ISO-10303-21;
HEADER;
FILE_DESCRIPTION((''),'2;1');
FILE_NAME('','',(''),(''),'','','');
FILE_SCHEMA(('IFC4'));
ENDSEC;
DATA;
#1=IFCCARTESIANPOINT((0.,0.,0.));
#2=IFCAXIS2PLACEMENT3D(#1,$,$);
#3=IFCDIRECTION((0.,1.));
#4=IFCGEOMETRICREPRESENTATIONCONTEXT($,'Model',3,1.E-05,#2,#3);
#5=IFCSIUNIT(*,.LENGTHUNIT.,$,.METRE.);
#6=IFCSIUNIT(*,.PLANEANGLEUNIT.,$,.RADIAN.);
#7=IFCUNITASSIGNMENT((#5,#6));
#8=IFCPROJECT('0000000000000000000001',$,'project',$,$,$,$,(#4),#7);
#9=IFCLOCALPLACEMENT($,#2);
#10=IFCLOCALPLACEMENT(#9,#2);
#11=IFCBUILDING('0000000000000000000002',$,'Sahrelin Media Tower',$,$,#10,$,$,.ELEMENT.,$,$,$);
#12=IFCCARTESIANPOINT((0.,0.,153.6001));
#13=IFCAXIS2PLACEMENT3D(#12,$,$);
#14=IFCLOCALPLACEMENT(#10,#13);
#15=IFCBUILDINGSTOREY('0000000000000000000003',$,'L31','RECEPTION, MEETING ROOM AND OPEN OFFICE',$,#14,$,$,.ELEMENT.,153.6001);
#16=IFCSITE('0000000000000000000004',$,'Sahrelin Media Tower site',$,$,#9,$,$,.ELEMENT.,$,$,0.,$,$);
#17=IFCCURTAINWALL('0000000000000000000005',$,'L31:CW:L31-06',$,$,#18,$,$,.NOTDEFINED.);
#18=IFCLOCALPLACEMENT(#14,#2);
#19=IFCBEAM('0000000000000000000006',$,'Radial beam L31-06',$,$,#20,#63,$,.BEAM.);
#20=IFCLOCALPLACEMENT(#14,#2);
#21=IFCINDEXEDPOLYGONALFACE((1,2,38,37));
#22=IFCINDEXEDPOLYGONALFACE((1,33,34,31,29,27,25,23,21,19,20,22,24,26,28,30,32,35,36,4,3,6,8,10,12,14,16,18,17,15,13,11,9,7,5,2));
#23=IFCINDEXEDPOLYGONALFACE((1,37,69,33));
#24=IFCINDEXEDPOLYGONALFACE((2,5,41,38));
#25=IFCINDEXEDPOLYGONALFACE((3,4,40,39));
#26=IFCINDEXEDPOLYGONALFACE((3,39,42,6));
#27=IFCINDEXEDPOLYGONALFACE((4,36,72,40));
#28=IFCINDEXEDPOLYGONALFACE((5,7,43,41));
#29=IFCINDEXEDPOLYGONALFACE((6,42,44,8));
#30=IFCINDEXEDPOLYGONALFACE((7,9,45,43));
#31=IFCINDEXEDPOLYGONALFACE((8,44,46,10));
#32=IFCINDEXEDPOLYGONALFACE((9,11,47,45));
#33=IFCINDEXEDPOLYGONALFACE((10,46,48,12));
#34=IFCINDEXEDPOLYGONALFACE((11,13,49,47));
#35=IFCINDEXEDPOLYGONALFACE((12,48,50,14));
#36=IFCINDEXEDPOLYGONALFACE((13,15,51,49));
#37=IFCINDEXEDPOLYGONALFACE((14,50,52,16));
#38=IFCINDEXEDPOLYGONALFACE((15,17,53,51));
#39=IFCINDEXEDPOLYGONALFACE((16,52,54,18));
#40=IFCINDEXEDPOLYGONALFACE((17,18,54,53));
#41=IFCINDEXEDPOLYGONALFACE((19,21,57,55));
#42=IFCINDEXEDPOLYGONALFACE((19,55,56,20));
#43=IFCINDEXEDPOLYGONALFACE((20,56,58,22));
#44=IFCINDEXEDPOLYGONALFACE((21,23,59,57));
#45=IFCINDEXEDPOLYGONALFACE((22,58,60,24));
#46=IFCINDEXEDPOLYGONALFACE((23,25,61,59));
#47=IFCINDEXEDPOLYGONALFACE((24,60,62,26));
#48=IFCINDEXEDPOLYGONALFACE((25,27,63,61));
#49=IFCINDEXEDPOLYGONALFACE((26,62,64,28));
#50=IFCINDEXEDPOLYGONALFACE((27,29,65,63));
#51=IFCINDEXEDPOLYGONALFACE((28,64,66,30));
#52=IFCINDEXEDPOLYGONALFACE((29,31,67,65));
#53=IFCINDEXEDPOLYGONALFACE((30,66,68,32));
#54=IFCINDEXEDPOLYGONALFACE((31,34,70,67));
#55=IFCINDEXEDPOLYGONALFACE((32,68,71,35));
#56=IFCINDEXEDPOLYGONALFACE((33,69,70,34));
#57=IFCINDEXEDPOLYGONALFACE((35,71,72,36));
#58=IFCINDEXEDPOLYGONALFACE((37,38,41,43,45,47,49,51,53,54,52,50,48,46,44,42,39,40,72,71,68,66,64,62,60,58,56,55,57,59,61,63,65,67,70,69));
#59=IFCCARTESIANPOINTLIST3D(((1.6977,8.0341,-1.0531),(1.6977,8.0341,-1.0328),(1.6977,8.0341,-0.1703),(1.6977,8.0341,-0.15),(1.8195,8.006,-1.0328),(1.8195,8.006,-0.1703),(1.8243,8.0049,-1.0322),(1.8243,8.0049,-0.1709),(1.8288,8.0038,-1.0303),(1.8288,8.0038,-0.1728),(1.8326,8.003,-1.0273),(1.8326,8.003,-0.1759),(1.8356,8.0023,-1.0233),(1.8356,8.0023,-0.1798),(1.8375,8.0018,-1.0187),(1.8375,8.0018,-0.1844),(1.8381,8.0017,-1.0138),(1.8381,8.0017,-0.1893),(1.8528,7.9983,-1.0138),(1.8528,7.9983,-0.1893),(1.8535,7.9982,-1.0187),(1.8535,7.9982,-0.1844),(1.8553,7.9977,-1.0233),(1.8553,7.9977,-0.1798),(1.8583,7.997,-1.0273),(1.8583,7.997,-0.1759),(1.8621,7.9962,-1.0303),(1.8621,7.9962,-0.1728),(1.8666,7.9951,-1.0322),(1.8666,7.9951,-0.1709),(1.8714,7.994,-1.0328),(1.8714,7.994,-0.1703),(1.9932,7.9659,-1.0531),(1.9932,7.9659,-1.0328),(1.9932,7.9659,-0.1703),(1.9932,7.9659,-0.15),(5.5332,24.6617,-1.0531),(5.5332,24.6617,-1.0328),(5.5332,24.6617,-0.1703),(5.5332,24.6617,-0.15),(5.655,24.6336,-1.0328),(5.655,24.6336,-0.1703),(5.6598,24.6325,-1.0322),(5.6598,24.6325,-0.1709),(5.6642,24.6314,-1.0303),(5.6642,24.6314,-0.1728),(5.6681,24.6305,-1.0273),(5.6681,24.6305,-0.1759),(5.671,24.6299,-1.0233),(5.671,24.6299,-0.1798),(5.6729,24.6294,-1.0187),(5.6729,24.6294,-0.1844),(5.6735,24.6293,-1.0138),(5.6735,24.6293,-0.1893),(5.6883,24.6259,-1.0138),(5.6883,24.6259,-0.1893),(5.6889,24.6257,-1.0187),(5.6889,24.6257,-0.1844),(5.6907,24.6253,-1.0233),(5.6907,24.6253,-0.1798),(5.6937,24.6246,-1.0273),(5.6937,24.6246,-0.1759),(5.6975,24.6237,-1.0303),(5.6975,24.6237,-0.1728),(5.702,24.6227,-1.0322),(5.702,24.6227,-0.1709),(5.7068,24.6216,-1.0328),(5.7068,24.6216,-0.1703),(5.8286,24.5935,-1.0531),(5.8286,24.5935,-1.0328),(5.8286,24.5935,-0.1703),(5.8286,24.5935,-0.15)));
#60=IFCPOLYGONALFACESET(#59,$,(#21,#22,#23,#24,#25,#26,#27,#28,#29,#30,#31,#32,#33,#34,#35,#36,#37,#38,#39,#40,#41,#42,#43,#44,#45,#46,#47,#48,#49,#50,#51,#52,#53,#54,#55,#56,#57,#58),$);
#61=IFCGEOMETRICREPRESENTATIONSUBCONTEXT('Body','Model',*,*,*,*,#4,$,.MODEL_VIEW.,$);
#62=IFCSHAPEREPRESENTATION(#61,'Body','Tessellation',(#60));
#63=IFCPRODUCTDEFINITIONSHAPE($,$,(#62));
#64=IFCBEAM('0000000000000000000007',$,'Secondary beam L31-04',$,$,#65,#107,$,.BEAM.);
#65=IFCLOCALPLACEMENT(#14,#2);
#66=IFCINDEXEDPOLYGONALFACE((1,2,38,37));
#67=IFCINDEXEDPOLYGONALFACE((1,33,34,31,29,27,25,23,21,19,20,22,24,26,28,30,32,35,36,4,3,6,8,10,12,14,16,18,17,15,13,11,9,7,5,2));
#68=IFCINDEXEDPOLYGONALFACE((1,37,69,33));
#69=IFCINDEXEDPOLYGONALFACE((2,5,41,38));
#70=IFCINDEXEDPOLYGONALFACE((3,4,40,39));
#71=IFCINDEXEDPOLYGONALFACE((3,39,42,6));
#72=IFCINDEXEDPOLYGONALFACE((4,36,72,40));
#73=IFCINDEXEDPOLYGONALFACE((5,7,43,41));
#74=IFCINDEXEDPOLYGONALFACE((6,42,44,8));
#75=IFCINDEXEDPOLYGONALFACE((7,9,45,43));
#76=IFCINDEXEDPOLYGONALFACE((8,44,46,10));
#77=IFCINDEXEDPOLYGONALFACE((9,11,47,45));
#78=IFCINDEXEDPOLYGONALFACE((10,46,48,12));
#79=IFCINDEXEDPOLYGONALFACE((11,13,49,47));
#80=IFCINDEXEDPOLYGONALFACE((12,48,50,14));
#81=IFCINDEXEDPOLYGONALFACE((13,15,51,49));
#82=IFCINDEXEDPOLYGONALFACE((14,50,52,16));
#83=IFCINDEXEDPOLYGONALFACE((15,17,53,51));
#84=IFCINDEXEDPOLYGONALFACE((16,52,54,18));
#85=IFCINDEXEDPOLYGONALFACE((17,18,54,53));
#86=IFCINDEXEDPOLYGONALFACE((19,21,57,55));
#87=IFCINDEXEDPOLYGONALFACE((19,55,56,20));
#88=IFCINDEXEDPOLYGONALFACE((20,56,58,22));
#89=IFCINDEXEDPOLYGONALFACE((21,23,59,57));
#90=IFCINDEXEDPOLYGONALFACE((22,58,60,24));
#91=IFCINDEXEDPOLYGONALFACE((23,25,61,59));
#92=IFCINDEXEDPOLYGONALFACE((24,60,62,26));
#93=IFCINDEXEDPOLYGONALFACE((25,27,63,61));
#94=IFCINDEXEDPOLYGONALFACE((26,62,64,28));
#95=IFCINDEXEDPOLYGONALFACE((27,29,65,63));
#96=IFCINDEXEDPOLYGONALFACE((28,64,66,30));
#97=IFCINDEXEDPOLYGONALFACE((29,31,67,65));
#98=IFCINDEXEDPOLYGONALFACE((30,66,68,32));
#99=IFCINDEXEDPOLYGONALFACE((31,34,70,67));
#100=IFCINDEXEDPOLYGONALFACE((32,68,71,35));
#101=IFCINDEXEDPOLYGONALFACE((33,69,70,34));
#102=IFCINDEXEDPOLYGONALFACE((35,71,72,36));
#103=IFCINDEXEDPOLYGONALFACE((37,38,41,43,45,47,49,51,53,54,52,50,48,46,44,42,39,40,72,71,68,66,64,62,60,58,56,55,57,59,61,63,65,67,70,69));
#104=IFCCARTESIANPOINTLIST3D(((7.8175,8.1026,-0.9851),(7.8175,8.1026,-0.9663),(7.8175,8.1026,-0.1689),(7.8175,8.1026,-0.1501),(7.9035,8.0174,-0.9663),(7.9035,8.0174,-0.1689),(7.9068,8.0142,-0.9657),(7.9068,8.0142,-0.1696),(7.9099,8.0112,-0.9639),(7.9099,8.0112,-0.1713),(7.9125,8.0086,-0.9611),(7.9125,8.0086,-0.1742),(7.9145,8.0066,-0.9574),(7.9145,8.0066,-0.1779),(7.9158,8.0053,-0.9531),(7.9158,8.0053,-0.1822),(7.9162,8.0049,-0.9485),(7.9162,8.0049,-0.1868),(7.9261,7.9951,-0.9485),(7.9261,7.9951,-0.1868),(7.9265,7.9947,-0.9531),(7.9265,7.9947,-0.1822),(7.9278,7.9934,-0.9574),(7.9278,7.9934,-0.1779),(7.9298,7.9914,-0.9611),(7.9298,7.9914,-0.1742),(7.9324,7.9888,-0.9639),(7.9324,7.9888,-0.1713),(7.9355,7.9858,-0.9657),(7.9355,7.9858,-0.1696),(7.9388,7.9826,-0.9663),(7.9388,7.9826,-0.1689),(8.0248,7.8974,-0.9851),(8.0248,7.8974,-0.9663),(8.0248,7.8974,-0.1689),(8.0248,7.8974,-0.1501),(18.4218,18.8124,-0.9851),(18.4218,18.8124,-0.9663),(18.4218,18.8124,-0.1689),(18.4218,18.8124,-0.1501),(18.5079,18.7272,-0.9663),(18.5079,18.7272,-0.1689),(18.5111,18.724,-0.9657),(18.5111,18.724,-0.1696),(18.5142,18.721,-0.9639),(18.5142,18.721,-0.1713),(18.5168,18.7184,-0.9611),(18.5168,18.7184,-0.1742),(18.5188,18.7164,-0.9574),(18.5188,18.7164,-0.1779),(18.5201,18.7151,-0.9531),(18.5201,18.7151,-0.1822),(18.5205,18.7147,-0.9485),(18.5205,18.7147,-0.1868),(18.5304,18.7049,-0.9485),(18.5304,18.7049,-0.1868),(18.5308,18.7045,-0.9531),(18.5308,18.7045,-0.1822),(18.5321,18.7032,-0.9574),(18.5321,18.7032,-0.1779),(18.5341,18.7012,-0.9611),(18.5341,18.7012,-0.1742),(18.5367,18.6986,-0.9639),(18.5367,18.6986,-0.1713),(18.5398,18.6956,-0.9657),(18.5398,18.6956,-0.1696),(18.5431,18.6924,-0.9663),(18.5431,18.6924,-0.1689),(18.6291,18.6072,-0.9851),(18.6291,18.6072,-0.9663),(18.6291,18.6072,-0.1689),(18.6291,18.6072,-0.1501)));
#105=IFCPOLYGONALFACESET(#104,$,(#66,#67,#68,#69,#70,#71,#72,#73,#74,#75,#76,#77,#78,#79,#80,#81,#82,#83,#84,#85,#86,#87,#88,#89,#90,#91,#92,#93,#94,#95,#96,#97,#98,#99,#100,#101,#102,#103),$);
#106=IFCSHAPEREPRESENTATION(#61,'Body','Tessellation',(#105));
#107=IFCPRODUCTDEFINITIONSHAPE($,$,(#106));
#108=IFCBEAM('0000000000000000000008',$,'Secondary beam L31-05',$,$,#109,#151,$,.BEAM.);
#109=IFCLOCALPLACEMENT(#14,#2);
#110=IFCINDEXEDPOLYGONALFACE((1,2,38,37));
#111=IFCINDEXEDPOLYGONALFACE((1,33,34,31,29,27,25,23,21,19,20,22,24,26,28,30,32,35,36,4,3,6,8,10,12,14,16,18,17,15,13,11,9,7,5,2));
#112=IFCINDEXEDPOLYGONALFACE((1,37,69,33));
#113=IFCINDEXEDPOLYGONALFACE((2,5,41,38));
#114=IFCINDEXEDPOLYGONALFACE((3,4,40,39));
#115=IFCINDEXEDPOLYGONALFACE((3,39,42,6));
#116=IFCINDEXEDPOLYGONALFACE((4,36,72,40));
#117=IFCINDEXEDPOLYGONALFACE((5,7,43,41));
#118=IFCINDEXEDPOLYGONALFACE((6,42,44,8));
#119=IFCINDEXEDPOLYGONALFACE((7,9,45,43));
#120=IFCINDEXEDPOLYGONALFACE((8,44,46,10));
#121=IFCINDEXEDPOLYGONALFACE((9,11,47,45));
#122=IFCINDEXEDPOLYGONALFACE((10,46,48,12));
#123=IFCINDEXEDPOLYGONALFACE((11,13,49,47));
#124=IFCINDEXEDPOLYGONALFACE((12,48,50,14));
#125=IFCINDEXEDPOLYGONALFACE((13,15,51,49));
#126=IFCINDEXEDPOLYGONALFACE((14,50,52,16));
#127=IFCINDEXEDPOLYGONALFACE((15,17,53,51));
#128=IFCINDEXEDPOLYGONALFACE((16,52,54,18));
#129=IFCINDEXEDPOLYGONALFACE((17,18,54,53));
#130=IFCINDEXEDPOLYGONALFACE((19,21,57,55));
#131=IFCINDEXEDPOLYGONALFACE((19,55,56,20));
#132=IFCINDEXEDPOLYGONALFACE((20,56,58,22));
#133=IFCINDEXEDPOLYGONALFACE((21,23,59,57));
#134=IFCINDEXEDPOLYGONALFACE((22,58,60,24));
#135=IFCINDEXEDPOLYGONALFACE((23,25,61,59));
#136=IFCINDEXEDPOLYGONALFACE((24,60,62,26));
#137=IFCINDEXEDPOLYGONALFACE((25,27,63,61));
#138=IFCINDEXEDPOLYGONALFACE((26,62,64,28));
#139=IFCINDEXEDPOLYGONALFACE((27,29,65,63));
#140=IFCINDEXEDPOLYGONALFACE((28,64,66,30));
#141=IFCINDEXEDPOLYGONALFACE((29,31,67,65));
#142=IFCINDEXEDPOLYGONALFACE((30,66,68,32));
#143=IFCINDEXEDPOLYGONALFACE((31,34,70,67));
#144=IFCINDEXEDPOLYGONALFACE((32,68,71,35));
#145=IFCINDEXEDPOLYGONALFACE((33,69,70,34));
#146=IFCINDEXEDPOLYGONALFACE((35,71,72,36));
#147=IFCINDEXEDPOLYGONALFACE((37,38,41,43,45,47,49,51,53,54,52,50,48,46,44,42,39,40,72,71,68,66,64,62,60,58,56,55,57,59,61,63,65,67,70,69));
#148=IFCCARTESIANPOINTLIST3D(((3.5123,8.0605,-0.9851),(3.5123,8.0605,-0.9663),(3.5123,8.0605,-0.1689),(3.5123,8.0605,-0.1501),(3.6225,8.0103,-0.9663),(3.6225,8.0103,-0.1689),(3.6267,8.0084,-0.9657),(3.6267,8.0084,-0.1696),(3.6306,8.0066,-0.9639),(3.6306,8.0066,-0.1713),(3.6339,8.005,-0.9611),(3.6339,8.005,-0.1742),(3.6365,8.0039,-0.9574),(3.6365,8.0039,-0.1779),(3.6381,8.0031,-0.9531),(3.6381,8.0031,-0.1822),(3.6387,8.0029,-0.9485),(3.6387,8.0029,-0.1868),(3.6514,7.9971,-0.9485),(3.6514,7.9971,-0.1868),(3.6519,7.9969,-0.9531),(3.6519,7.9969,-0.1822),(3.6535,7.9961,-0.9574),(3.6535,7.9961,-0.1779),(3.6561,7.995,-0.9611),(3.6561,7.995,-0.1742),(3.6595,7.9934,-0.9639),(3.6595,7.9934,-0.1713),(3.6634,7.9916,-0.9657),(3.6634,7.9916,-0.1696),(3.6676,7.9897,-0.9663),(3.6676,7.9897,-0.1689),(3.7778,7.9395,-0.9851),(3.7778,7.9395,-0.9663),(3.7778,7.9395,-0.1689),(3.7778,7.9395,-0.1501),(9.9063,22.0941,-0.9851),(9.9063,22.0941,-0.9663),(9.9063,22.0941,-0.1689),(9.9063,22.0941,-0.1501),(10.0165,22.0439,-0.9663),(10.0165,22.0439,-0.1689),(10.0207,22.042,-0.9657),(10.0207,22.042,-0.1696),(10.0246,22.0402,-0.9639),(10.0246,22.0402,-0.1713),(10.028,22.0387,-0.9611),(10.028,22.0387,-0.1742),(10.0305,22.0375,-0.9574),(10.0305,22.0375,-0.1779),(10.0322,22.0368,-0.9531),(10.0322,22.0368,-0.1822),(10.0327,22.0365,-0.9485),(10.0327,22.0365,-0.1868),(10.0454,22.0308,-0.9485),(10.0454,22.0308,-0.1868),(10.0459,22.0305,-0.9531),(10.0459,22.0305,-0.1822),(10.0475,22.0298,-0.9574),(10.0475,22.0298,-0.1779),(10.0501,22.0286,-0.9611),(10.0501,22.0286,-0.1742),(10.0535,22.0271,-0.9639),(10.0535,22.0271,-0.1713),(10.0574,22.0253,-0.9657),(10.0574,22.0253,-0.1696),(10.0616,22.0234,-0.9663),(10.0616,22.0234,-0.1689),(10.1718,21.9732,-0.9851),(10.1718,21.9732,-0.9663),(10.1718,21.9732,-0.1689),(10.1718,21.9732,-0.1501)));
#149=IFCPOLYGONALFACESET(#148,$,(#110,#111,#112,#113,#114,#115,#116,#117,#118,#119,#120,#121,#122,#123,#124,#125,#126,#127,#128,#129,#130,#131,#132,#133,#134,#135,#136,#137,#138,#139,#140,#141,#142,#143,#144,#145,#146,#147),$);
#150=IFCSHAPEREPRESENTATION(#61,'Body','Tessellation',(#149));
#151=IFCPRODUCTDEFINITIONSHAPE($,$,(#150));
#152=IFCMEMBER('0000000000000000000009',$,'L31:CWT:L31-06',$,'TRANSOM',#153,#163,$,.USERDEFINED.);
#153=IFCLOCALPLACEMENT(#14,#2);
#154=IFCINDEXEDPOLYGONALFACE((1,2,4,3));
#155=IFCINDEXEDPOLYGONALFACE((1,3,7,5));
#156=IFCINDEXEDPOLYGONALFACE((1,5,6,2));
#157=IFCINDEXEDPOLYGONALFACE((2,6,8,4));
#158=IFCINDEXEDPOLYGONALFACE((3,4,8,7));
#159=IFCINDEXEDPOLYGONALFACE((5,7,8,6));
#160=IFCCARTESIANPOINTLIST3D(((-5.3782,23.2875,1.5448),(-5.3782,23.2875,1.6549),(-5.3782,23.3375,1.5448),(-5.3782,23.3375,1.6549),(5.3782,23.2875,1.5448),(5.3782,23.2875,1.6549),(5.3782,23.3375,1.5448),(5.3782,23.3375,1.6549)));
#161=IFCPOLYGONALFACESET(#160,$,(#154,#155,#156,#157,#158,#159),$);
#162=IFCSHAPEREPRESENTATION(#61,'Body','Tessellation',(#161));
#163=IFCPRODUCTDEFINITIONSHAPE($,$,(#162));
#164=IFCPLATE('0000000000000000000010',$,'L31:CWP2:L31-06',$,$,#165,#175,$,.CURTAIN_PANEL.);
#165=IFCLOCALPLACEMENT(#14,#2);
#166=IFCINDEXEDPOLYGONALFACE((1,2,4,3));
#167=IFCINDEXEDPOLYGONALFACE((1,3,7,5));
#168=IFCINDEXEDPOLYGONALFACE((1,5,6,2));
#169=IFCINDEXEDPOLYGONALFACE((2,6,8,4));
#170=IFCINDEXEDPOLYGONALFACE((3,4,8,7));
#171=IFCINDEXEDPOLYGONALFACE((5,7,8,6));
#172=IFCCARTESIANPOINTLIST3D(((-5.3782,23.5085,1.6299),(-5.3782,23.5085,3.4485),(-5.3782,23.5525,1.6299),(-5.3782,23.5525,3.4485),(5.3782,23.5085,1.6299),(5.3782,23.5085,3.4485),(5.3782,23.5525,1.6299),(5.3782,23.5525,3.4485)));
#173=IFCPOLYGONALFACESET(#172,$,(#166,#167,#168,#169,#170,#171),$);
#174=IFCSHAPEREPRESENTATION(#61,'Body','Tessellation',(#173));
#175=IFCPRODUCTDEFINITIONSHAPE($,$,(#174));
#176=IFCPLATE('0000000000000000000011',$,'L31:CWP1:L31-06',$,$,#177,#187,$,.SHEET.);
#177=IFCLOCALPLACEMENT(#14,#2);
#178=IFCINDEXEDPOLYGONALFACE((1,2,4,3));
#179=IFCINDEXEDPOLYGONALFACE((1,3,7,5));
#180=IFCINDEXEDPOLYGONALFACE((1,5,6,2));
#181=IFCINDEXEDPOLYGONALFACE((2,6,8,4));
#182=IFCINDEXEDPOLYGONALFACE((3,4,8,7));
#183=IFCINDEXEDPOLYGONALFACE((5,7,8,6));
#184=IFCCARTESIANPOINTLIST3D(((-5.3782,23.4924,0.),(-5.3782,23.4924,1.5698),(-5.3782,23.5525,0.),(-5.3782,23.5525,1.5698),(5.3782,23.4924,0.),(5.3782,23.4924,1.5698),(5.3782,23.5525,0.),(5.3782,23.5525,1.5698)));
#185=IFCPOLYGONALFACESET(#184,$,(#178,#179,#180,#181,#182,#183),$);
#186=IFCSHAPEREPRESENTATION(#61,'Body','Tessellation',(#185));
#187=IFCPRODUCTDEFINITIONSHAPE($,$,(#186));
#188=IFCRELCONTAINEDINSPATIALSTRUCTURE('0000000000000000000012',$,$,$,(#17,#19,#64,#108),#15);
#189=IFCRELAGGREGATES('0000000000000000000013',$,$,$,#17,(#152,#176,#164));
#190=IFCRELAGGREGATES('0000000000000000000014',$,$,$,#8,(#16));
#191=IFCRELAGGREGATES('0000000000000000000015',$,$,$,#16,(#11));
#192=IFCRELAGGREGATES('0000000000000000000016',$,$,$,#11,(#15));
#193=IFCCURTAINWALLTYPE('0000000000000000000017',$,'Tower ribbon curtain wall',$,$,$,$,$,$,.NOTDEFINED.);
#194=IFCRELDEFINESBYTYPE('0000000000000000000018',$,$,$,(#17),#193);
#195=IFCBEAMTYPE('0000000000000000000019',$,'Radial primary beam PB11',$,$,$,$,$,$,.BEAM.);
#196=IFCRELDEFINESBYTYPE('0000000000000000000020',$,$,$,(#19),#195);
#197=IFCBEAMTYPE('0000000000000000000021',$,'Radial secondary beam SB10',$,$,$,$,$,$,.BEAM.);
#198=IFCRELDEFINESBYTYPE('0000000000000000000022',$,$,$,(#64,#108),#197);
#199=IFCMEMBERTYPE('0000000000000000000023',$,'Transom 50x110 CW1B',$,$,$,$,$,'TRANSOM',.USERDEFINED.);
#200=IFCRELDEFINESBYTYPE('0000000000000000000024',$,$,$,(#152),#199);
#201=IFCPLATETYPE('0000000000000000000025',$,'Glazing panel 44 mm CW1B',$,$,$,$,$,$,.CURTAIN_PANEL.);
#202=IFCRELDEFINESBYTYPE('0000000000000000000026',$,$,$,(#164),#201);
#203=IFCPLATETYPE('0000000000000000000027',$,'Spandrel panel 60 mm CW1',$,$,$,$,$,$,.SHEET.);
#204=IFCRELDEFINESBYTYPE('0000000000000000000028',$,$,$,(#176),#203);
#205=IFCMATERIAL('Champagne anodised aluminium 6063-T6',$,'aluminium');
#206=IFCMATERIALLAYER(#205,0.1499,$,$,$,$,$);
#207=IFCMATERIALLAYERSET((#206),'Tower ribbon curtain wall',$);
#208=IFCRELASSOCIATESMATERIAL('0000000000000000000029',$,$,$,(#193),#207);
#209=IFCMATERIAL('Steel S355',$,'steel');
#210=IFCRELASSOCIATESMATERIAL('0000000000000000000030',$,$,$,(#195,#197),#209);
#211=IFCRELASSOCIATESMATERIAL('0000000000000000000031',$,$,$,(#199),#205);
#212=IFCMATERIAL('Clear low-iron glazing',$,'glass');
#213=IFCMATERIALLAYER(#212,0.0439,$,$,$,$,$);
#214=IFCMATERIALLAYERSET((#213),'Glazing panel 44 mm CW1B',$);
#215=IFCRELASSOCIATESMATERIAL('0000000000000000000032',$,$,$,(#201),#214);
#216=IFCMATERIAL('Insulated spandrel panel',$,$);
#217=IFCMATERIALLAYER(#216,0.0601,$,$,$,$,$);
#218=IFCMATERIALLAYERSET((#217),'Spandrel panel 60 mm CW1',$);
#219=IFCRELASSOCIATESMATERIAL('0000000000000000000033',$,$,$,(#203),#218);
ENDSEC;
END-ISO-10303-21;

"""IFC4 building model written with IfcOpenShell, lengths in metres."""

from ifc_helpers import new_model, si_unit, direction, frame, origin, origin_2d, place, context, subcontext, project, spatial, polyline, rectangle, i_section, outline, extrude, material, layer, layer_set, material_profile, profile_set, type_object, element, aggregate, save


model = new_model("IFC4")

# Units and contexts
model_context = context("Model", 3, precision=1e-05, world=origin(), true_north=direction((0.0, 1.0)))
body_context = subcontext(model_context, "Body", "Model", "MODEL_VIEW")
ifc_project = project(units=[si_unit("LENGTHUNIT", "METRE"), si_unit("PLANEANGLEUNIT", "RADIAN")], contexts=[model_context])

# Site, building, storey
site_placement = place(None, origin())
site = spatial("IfcSite", under=ifc_project, at=site_placement, Name="Sahrelin Media Tower site", CompositionType="ELEMENT", RefElevation=0.0)
building_placement = place(site_placement, origin())
building = spatial("IfcBuilding", under=site, at=building_placement, Name="Sahrelin Media Tower", CompositionType="ELEMENT")
storey_placement = place(building_placement, frame((0.0, 0.0, 153.6001)))
storey = spatial("IfcBuildingStorey", under=building, at=storey_placement, Name="L31", Description="RECEPTION, MEETING ROOM AND OPEN OFFICE", CompositionType="ELEMENT", Elevation=153.6001)

# Shared definitions
ifc_material_1 = material(Name="Steel S355", Category="steel")

# Curtain wall
ifc_material_2 = material(Name="Champagne anodised aluminium 6063-T6", Category="aluminium")
ifc_layer_1 = layer(ifc_material_2, 0.1499)
ifc_layer_set_1 = layer_set([ifc_layer_1], Name="Tower ribbon curtain wall")
curtain_wall_type = type_object("IfcCurtainWallType", Name="Tower ribbon curtain wall", PredefinedType="NOTDEFINED", material=ifc_layer_set_1)
placement_1 = place(storey_placement, frame((0.0, 23.5325, 0.0), z_axis=(0.0, 0.0, 1.0), x_axis=(1.0, 0.0, 0.0)))
curtain_wall_1 = element("IfcCurtainWall", 1, at=placement_1, inside=storey, type_object=curtain_wall_type, Name="L31:CW:L31-06", PredefinedType="NOTDEFINED")

# Beams
ifc_material_profile_1 = material_profile(ifc_material_1, i_section(OverallWidth=0.3032, OverallDepth=0.9031, WebThickness=0.0151, FlangeThickness=0.0203, FilletRadius=0.019, at=origin_2d()), Name="UB 914x305x201")
ifc_profile_set_1 = profile_set([ifc_material_profile_1], Name="Steel S355")
beam_type_1 = type_object("IfcBeamType", Name="Radial primary beam PB11", PredefinedType="BEAM", material=ifc_profile_set_1)
beam_1_placement = place(storey_placement, frame((1.8455, 8.0, -0.6016), z_axis=(0.224764, 0.974413, 0.0), x_axis=(-0.974413, 0.224764, 0.0)))
element("IfcBeam", 2, at=beam_1_placement, inside=storey, type_object=beam_type_1, Name="Radial beam L31-06", PredefinedType="BEAM", context=body_context, shape_type="SweptSolid", body=[
    extrude(i_section(OverallWidth=0.3032, OverallDepth=0.9031, WebThickness=0.0151, FlangeThickness=0.0203, FilletRadius=0.019, at=origin_2d()), origin(), (0.0, 0.0, 1.0), 17.0642),
])
ifc_material_profile_2 = material_profile(ifc_material_1, i_section(OverallWidth=0.2917, OverallDepth=0.835, WebThickness=0.0139, FlangeThickness=0.0188, FilletRadius=0.0178, at=origin_2d()), Name="UB 838x292x176")
ifc_profile_set_2 = profile_set([ifc_material_profile_2], Name="Steel S355")
beam_type_2 = type_object("IfcBeamType", Name="Radial secondary beam SB10", PredefinedType="BEAM", material=ifc_profile_set_2)
beam_2_placement = place(storey_placement, frame((7.9211, 8.0, -0.5676), z_axis=(0.703599, 0.710597, 0.0), x_axis=(-0.710597, 0.703599, 0.0)))
element("IfcBeam", 3, at=beam_2_placement, inside=storey, type_object=beam_type_2, Name="Secondary beam L31-04", PredefinedType="BEAM", context=body_context, shape_type="SweptSolid", body=[
    extrude(i_section(OverallWidth=0.2917, OverallDepth=0.835, WebThickness=0.0139, FlangeThickness=0.0188, FilletRadius=0.0178, at=origin_2d()), origin(), (0.0, 0.0, 1.0), 15.0715),
])
beam_3_placement = place(storey_placement, frame((3.645, 8.0, -0.5676), z_axis=(0.414614, 0.909997, 0.0), x_axis=(-0.909997, 0.414614, 0.0)))
element("IfcBeam", 4, at=beam_3_placement, inside=storey, type_object=beam_type_2, Name="Secondary beam L31-05", PredefinedType="BEAM", context=body_context, shape_type="SweptSolid", body=[
    extrude(i_section(OverallWidth=0.2917, OverallDepth=0.835, WebThickness=0.0139, FlangeThickness=0.0188, FilletRadius=0.0178, at=origin_2d()), origin(), (0.0, 0.0, 1.0), 15.4216),
])

# Member
ifc_material_profile_3 = material_profile(ifc_material_2, rectangle(XDim=0.05, YDim=0.1101, at=origin_2d()), Name="Transom 50x110")
ifc_profile_set_3 = profile_set([ifc_material_profile_3], Name="Champagne anodised aluminium 6063-T6")
member_type_1 = type_object("IfcMemberType", Name="Transom 50x110 CW1B", ElementType="TRANSOM", PredefinedType="USERDEFINED", material=ifc_profile_set_3)
member_1_placement = place(storey_placement, frame((5.3782, 23.3125, 1.5999), z_axis=(-1.0, 0.0, 0.0), x_axis=(0.0, -1.0, 0.0)))
member_1 = element("IfcMember", 5, at=member_1_placement, type_object=member_type_1, Name="L31:CWT:L31-06", ObjectType="TRANSOM", PredefinedType="USERDEFINED", context=body_context, shape_type="SweptSolid", body=[
    extrude(rectangle(XDim=0.05, YDim=0.1101, at=origin_2d()), origin(), (0.0, 0.0, 1.0), 10.7563),
])

# Plates
ifc_material_3 = material(Name="Clear low-iron glazing", Category="glass")
ifc_layer_2 = layer(ifc_material_3, 0.0439)
ifc_layer_set_2 = layer_set([ifc_layer_2], Name="Glazing panel 44 mm CW1B")
plate_type_1 = type_object("IfcPlateType", Name="Glazing panel 44 mm CW1B", PredefinedType="CURTAIN_PANEL", material=ifc_layer_set_2)
plate_1_placement = place(storey_placement, frame((5.3782, 23.5525, 1.6299), z_axis=(0.0, 1.0, 0.0), x_axis=(-1.0, 0.0, 0.0)))
plate_1 = element("IfcPlate", 6, at=plate_1_placement, type_object=plate_type_1, Name="L31:CWP2:L31-06", PredefinedType="CURTAIN_PANEL", context=body_context, shape_type="SweptSolid", body=[
    extrude(outline(polyline([(0.0, 0.0), (10.7563, 0.0), (10.7563, 1.8186), (0.0, 1.8186), (0.0, 0.0)])), origin(), (0.0, 0.0, -1.0), 0.0439),
])
ifc_material_4 = material(Name="Insulated spandrel panel")
ifc_layer_3 = layer(ifc_material_4, 0.0601)
ifc_layer_set_3 = layer_set([ifc_layer_3], Name="Spandrel panel 60 mm CW1")
plate_type_2 = type_object("IfcPlateType", Name="Spandrel panel 60 mm CW1", PredefinedType="SHEET", material=ifc_layer_set_3)
plate_2_placement = place(storey_placement, frame((5.3782, 23.5525, 0.0), z_axis=(0.0, 1.0, 0.0), x_axis=(-1.0, 0.0, 0.0)))
plate_2 = element("IfcPlate", 7, at=plate_2_placement, type_object=plate_type_2, Name="L31:CWP1:L31-06", PredefinedType="SHEET", context=body_context, shape_type="SweptSolid", body=[
    extrude(outline(polyline([(0.0, 0.0), (10.7563, 0.0), (10.7563, 1.5698), (0.0, 1.5698), (0.0, 0.0)])), origin(), (0.0, 0.0, -1.0), 0.0601),
])
aggregate(curtain_wall_1, [member_1, plate_2, plate_1])

save(model, "model.ifc")
